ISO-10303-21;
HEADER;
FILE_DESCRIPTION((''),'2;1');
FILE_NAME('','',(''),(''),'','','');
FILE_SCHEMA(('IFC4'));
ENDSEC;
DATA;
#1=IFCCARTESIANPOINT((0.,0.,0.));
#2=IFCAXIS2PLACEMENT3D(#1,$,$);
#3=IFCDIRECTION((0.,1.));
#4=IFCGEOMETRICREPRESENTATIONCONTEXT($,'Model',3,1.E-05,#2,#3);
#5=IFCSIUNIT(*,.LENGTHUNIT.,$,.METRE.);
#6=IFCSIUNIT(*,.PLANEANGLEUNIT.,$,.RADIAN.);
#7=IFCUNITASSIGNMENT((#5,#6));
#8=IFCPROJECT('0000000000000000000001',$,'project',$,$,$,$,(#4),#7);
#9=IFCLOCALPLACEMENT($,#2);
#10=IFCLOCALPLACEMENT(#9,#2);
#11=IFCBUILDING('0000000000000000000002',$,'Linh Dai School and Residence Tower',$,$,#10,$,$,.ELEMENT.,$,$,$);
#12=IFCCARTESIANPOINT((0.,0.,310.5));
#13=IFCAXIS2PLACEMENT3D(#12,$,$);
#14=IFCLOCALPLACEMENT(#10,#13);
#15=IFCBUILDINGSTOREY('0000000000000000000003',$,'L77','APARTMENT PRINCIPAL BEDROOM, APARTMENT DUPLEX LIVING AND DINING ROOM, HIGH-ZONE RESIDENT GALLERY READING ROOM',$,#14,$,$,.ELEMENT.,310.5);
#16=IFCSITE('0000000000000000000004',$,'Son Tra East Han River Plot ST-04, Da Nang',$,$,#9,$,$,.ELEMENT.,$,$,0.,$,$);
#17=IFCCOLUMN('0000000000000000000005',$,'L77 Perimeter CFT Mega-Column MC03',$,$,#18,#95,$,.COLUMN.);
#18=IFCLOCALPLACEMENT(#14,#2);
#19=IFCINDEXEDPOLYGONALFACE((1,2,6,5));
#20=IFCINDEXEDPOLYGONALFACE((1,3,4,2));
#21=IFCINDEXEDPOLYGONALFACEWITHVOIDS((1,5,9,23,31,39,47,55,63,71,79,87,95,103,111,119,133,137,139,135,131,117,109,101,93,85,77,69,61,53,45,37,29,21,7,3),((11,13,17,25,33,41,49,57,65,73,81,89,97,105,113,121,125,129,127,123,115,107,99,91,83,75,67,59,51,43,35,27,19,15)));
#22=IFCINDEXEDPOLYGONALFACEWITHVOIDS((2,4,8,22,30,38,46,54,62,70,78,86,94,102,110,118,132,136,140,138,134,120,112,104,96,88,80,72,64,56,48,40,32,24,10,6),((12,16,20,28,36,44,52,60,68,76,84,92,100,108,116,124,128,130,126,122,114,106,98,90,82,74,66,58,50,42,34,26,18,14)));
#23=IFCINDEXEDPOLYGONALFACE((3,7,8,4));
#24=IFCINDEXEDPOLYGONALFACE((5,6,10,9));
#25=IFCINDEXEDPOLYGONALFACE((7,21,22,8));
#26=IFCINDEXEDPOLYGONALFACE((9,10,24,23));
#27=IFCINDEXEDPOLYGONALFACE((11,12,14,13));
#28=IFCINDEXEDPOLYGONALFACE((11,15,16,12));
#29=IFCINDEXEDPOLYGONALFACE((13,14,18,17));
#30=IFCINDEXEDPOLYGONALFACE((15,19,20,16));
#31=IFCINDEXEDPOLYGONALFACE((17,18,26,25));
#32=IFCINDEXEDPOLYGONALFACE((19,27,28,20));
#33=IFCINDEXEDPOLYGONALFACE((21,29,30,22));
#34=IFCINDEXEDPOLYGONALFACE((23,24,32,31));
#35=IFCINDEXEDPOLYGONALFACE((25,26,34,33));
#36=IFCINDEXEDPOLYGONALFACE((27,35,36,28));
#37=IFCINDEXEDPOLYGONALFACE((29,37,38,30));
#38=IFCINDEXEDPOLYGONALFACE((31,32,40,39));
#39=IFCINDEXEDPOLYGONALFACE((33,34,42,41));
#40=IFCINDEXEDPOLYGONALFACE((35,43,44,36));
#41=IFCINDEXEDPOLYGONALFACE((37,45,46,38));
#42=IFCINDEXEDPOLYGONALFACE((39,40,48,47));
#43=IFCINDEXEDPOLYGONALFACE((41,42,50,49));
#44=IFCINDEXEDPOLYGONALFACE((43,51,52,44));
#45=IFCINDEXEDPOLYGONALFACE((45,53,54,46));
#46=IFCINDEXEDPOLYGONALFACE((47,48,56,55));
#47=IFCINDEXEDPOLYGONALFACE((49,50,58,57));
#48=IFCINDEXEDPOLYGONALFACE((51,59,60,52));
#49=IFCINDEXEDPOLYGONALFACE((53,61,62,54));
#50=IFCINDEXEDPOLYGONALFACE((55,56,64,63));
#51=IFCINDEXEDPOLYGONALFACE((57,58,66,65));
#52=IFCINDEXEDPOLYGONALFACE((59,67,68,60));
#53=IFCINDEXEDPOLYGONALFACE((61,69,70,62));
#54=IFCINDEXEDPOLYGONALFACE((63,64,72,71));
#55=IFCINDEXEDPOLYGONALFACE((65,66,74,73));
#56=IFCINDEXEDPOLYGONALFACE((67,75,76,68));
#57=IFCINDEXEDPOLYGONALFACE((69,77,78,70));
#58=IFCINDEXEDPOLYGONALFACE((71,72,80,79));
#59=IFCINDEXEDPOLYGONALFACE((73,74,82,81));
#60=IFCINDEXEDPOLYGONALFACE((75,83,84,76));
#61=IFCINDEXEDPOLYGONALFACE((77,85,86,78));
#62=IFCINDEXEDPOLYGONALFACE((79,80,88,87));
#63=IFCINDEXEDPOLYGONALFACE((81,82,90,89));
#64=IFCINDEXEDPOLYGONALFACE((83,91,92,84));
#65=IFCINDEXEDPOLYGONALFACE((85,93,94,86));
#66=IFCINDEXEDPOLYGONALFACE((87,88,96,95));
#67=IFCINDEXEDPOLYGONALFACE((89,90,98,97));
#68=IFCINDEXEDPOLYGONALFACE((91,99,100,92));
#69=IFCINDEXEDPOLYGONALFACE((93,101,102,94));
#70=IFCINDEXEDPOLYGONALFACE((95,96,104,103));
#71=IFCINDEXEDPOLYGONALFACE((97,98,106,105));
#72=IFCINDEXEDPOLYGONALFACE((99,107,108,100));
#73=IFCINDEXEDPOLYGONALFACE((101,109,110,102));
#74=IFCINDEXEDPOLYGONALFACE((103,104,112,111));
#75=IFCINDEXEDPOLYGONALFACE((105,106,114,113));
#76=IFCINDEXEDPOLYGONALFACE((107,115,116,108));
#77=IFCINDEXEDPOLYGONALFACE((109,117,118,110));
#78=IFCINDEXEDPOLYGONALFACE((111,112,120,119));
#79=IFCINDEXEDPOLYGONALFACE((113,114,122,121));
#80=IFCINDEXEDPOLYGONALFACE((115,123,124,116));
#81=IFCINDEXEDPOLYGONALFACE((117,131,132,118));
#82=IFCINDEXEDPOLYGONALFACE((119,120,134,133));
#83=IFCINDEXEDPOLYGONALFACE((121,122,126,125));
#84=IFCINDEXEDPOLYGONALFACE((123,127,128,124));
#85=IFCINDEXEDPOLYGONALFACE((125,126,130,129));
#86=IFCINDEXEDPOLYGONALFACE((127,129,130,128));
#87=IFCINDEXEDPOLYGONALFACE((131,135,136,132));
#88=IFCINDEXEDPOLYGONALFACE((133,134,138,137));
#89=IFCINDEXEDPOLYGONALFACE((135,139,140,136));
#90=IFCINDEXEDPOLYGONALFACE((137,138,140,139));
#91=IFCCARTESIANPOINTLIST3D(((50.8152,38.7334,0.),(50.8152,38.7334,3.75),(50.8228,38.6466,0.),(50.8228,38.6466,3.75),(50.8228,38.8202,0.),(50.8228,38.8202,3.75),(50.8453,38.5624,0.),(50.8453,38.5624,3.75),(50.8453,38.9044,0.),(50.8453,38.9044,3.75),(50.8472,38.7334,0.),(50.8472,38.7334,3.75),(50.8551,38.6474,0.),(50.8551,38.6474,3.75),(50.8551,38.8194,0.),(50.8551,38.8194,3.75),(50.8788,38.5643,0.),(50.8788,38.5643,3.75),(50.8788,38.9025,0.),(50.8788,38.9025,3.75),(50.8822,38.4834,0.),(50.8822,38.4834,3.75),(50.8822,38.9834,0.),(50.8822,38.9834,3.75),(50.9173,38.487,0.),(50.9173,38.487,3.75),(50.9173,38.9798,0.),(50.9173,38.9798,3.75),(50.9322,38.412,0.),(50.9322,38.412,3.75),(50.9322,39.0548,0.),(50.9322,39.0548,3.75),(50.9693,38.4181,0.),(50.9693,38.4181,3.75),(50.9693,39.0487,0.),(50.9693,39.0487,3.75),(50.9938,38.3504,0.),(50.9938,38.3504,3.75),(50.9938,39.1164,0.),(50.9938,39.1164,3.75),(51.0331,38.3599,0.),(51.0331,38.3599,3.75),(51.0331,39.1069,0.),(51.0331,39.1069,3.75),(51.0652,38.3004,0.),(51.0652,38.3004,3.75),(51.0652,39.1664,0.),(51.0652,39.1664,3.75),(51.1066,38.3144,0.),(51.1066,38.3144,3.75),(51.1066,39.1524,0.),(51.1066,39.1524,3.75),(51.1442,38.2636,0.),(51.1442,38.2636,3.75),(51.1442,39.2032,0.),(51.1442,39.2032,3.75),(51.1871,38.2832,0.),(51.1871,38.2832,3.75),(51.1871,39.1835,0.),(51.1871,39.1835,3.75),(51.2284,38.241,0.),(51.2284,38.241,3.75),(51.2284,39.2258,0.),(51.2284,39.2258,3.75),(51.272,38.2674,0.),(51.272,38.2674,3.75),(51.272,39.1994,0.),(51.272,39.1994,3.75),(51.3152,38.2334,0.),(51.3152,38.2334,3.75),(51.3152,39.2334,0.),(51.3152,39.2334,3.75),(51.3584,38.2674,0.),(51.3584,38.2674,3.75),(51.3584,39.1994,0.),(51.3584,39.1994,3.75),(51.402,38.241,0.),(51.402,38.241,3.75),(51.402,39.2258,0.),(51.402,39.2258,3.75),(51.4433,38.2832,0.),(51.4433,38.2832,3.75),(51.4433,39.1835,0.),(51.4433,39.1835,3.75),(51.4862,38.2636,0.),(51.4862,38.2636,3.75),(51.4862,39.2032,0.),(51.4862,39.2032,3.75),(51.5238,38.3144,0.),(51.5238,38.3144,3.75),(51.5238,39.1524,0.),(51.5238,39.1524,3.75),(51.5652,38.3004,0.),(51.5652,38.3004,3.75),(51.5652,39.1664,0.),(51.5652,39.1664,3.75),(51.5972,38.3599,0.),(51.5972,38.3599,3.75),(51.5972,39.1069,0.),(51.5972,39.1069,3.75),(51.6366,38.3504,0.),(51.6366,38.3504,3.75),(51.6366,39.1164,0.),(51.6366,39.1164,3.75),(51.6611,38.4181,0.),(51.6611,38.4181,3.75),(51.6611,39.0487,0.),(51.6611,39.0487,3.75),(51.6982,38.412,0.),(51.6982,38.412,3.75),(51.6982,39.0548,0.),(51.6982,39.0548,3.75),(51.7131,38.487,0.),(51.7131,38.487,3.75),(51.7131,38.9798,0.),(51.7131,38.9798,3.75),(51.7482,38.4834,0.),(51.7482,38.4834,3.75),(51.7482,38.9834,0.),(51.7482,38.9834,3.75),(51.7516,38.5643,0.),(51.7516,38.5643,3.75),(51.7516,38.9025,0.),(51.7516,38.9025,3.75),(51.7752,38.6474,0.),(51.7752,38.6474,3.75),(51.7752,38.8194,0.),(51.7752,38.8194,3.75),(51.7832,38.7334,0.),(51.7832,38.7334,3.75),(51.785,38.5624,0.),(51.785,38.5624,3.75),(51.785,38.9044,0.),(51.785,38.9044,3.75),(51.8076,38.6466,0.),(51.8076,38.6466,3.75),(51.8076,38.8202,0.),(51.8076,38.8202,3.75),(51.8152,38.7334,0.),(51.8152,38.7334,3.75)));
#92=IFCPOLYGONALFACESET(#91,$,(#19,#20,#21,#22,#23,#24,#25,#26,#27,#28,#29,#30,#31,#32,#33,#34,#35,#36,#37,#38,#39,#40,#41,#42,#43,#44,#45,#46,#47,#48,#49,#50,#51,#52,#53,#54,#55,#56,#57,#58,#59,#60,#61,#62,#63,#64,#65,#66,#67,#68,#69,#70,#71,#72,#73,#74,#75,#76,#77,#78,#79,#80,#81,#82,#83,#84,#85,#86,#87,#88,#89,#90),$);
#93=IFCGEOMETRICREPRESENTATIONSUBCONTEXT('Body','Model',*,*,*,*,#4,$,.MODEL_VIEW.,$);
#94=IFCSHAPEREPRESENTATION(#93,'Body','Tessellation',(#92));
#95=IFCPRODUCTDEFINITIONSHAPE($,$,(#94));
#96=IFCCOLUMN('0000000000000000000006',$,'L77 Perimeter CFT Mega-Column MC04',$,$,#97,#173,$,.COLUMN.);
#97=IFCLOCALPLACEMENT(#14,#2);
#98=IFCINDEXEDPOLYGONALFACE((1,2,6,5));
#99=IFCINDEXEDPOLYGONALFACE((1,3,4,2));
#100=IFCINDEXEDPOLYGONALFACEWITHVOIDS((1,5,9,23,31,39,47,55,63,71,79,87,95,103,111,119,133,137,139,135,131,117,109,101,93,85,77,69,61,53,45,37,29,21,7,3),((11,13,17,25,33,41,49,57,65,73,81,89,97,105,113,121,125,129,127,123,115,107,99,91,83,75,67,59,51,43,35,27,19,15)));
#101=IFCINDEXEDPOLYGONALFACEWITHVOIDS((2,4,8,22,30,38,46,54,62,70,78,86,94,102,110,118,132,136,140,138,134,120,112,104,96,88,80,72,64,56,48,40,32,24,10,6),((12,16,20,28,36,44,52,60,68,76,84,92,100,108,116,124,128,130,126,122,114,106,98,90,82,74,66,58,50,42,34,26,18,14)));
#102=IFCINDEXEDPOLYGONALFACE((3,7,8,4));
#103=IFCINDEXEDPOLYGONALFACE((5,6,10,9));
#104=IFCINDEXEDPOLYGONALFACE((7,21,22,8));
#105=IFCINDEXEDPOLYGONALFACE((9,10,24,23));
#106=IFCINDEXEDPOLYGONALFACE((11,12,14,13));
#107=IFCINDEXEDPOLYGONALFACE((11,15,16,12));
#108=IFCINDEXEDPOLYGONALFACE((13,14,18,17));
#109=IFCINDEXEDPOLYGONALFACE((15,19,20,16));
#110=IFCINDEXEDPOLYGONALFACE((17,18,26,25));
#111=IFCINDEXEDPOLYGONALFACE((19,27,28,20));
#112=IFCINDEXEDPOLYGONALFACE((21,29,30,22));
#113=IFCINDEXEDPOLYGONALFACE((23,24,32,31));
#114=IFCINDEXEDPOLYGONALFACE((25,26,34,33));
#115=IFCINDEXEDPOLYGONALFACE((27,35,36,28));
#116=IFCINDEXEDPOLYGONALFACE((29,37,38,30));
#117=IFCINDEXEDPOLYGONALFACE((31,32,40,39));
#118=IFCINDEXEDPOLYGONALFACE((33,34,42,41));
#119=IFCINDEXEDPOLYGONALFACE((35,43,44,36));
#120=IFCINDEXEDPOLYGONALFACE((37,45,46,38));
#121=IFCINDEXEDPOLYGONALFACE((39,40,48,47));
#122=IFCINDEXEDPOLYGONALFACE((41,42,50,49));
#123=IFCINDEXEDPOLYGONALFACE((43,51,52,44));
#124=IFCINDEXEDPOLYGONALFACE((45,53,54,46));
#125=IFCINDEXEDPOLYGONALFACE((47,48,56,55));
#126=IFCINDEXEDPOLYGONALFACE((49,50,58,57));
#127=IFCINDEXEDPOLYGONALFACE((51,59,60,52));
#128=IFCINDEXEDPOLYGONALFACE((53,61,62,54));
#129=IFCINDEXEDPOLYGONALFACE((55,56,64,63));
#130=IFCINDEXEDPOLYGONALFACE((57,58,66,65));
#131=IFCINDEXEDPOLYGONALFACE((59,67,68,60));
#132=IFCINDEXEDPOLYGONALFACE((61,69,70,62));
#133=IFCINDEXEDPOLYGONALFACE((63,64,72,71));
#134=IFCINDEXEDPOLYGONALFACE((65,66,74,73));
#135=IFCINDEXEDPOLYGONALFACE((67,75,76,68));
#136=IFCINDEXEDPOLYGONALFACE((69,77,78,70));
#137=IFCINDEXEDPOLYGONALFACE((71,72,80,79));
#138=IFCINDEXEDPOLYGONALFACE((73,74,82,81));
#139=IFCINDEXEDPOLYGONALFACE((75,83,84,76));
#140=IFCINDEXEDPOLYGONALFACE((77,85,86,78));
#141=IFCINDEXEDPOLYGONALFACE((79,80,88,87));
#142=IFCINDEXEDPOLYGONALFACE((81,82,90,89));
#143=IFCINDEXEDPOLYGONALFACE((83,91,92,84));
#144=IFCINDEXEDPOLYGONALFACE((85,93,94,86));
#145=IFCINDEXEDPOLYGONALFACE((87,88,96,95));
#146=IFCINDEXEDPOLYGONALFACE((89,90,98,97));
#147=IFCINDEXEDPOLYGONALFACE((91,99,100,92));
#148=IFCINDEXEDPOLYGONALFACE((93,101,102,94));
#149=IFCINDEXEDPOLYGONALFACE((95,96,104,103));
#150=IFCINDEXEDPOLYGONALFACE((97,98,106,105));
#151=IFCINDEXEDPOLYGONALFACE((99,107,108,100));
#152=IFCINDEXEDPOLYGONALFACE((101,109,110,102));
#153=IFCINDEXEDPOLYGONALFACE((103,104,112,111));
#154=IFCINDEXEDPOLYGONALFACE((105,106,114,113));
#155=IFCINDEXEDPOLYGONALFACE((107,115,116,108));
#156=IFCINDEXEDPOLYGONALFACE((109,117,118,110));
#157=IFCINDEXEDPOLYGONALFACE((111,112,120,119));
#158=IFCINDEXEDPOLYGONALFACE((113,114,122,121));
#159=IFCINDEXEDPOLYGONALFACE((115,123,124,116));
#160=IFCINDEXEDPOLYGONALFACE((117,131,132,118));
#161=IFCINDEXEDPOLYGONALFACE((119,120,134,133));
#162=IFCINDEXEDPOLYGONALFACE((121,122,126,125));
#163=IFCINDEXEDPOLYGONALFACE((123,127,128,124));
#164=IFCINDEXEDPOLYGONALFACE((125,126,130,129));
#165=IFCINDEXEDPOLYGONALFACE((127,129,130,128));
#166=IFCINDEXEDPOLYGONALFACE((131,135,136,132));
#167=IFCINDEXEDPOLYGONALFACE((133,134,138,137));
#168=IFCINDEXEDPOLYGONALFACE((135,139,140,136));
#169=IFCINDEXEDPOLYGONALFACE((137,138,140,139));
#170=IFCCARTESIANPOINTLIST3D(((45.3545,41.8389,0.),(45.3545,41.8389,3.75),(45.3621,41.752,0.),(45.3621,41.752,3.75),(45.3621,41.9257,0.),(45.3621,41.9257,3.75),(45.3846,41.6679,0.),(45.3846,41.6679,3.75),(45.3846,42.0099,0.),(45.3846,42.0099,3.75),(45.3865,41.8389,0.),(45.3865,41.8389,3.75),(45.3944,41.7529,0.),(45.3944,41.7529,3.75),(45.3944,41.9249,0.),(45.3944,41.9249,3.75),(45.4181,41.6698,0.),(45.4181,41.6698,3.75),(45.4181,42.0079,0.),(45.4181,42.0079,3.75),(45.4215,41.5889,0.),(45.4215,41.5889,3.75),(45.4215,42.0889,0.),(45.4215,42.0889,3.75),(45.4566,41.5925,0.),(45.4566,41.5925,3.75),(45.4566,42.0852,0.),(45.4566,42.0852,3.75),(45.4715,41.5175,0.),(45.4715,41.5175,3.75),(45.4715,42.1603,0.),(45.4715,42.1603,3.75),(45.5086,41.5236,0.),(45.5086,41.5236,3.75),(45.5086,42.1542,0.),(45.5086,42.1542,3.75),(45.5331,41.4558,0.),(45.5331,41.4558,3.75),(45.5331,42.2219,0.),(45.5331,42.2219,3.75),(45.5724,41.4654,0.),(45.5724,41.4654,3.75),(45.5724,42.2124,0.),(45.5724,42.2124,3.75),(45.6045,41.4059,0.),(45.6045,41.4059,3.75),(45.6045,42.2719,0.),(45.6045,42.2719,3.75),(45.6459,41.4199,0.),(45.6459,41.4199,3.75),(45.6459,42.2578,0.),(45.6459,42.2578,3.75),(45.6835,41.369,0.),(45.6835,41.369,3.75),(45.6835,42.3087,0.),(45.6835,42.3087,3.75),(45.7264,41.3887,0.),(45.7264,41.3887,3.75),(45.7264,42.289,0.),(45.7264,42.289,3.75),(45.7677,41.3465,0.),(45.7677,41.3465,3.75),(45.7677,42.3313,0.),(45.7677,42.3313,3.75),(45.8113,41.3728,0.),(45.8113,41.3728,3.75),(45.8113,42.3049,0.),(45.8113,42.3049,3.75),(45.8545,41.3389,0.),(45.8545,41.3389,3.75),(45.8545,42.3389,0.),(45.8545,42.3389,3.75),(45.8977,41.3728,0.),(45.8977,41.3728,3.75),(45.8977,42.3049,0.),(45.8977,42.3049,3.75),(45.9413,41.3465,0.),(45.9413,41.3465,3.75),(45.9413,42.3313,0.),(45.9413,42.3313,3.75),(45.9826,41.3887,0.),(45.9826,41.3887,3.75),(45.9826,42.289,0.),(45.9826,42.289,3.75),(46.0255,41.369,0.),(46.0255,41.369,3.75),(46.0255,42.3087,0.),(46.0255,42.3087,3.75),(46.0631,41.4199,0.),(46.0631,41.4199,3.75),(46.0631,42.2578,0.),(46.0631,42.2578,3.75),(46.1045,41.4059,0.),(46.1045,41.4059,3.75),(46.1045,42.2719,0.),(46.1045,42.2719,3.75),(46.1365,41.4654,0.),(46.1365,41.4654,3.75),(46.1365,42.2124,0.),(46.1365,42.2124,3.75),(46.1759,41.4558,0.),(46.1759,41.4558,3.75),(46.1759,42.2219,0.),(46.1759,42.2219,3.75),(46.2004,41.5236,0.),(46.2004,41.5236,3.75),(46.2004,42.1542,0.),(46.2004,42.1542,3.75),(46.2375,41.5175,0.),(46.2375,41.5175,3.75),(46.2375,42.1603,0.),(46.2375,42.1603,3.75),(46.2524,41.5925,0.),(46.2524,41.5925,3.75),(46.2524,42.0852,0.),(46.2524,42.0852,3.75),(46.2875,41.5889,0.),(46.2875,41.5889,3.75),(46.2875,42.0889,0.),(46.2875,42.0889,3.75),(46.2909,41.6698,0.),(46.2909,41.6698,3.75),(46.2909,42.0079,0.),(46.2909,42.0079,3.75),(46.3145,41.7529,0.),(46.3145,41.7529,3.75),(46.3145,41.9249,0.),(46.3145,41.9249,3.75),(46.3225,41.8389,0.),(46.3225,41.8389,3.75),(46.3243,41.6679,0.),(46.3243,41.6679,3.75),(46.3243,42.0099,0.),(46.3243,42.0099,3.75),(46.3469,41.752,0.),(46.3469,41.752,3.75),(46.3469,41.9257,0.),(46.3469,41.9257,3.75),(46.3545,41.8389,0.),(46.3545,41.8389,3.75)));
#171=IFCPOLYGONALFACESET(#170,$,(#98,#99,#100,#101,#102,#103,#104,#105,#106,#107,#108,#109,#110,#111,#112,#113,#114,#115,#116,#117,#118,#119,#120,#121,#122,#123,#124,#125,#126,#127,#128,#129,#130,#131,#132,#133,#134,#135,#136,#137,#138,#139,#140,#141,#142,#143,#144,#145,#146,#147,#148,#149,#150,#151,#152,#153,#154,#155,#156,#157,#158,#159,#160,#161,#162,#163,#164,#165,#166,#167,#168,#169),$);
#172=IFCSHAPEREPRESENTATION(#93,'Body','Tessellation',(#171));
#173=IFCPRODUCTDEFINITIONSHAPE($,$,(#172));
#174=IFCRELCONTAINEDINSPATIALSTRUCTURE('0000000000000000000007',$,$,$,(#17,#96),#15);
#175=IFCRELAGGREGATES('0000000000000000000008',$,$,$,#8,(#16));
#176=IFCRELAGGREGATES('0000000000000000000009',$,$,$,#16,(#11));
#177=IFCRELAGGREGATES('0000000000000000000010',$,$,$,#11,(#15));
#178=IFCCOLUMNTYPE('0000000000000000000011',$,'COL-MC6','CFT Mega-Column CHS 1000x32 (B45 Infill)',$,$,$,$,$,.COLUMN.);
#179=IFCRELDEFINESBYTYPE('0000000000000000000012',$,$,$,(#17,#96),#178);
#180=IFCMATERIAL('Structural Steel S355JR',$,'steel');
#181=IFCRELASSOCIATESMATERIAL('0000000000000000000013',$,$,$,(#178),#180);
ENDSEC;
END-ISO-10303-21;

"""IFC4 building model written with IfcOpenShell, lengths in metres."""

from ifc_helpers import new_model, si_unit, direction, frame, origin, origin_2d, place, context, subcontext, project, spatial, hollow_circle, extrude, material, material_profile, profile_set, type_object, element, save


model = new_model("IFC4")

# Units and contexts
model_context = context("Model", 3, precision=1e-05, world=origin(), true_north=direction((0.0, 1.0)))
body_context = subcontext(model_context, "Body", "Model", "MODEL_VIEW")
ifc_project = project(units=[si_unit("LENGTHUNIT", "METRE"), si_unit("PLANEANGLEUNIT", "RADIAN")], contexts=[model_context])

# Site, building, storey
site_placement = place(None, origin())
site = spatial("IfcSite", under=ifc_project, at=site_placement, Name="Son Tra East Han River Plot ST-04, Da Nang", CompositionType="ELEMENT", RefElevation=0.0)
building_placement = place(site_placement, origin())
building = spatial("IfcBuilding", under=site, at=building_placement, Name="Linh Dai School and Residence Tower", CompositionType="ELEMENT")
storey_placement = place(building_placement, frame((0.0, 0.0, 310.5)))
storey = spatial("IfcBuildingStorey", under=building, at=storey_placement, Name="L77", Description="APARTMENT PRINCIPAL BEDROOM, APARTMENT DUPLEX LIVING AND DINING ROOM, HIGH-ZONE RESIDENT GALLERY READING ROOM", CompositionType="ELEMENT", Elevation=310.5)

# Columns
ifc_material_1 = material(Name="Structural Steel S355JR", Category="steel")
ifc_material_profile_1 = material_profile(ifc_material_1, hollow_circle(Radius=0.5, WallThickness=0.032, at=origin_2d()), Name="CHS 1000x32")
ifc_profile_set_1 = profile_set([ifc_material_profile_1], Name="Structural Steel S355JR")
column_type = type_object("IfcColumnType", Name="COL-MC6", Description="CFT Mega-Column CHS 1000x32 (B45 Infill)", PredefinedType="COLUMN", material=ifc_profile_set_1)
for number, where, z_axis, x_axis, name in (
    (1, (51.3152, 38.7334, 0.0), (0.0, 0.0, 1.0), (1.0, 0.0, 0.0), "L77 Perimeter CFT Mega-Column MC03"),
    (2, (45.8545, 41.8389, 0.0), (0.0, 0.0, 1.0), (1.0, 0.0, 0.0), "L77 Perimeter CFT Mega-Column MC04"),
):
    element("IfcColumn", number, at=place(storey_placement, frame(where, z_axis=z_axis, x_axis=x_axis)), inside=storey, type_object=column_type, Name=name, PredefinedType="COLUMN", context=body_context, shape_type="SweptSolid", body=[
        extrude(hollow_circle(Radius=0.5, WallThickness=0.032, at=origin_2d()), origin(), (0.0, 0.0, 1.0), 3.75),
    ])

save(model, "model.ifc")
